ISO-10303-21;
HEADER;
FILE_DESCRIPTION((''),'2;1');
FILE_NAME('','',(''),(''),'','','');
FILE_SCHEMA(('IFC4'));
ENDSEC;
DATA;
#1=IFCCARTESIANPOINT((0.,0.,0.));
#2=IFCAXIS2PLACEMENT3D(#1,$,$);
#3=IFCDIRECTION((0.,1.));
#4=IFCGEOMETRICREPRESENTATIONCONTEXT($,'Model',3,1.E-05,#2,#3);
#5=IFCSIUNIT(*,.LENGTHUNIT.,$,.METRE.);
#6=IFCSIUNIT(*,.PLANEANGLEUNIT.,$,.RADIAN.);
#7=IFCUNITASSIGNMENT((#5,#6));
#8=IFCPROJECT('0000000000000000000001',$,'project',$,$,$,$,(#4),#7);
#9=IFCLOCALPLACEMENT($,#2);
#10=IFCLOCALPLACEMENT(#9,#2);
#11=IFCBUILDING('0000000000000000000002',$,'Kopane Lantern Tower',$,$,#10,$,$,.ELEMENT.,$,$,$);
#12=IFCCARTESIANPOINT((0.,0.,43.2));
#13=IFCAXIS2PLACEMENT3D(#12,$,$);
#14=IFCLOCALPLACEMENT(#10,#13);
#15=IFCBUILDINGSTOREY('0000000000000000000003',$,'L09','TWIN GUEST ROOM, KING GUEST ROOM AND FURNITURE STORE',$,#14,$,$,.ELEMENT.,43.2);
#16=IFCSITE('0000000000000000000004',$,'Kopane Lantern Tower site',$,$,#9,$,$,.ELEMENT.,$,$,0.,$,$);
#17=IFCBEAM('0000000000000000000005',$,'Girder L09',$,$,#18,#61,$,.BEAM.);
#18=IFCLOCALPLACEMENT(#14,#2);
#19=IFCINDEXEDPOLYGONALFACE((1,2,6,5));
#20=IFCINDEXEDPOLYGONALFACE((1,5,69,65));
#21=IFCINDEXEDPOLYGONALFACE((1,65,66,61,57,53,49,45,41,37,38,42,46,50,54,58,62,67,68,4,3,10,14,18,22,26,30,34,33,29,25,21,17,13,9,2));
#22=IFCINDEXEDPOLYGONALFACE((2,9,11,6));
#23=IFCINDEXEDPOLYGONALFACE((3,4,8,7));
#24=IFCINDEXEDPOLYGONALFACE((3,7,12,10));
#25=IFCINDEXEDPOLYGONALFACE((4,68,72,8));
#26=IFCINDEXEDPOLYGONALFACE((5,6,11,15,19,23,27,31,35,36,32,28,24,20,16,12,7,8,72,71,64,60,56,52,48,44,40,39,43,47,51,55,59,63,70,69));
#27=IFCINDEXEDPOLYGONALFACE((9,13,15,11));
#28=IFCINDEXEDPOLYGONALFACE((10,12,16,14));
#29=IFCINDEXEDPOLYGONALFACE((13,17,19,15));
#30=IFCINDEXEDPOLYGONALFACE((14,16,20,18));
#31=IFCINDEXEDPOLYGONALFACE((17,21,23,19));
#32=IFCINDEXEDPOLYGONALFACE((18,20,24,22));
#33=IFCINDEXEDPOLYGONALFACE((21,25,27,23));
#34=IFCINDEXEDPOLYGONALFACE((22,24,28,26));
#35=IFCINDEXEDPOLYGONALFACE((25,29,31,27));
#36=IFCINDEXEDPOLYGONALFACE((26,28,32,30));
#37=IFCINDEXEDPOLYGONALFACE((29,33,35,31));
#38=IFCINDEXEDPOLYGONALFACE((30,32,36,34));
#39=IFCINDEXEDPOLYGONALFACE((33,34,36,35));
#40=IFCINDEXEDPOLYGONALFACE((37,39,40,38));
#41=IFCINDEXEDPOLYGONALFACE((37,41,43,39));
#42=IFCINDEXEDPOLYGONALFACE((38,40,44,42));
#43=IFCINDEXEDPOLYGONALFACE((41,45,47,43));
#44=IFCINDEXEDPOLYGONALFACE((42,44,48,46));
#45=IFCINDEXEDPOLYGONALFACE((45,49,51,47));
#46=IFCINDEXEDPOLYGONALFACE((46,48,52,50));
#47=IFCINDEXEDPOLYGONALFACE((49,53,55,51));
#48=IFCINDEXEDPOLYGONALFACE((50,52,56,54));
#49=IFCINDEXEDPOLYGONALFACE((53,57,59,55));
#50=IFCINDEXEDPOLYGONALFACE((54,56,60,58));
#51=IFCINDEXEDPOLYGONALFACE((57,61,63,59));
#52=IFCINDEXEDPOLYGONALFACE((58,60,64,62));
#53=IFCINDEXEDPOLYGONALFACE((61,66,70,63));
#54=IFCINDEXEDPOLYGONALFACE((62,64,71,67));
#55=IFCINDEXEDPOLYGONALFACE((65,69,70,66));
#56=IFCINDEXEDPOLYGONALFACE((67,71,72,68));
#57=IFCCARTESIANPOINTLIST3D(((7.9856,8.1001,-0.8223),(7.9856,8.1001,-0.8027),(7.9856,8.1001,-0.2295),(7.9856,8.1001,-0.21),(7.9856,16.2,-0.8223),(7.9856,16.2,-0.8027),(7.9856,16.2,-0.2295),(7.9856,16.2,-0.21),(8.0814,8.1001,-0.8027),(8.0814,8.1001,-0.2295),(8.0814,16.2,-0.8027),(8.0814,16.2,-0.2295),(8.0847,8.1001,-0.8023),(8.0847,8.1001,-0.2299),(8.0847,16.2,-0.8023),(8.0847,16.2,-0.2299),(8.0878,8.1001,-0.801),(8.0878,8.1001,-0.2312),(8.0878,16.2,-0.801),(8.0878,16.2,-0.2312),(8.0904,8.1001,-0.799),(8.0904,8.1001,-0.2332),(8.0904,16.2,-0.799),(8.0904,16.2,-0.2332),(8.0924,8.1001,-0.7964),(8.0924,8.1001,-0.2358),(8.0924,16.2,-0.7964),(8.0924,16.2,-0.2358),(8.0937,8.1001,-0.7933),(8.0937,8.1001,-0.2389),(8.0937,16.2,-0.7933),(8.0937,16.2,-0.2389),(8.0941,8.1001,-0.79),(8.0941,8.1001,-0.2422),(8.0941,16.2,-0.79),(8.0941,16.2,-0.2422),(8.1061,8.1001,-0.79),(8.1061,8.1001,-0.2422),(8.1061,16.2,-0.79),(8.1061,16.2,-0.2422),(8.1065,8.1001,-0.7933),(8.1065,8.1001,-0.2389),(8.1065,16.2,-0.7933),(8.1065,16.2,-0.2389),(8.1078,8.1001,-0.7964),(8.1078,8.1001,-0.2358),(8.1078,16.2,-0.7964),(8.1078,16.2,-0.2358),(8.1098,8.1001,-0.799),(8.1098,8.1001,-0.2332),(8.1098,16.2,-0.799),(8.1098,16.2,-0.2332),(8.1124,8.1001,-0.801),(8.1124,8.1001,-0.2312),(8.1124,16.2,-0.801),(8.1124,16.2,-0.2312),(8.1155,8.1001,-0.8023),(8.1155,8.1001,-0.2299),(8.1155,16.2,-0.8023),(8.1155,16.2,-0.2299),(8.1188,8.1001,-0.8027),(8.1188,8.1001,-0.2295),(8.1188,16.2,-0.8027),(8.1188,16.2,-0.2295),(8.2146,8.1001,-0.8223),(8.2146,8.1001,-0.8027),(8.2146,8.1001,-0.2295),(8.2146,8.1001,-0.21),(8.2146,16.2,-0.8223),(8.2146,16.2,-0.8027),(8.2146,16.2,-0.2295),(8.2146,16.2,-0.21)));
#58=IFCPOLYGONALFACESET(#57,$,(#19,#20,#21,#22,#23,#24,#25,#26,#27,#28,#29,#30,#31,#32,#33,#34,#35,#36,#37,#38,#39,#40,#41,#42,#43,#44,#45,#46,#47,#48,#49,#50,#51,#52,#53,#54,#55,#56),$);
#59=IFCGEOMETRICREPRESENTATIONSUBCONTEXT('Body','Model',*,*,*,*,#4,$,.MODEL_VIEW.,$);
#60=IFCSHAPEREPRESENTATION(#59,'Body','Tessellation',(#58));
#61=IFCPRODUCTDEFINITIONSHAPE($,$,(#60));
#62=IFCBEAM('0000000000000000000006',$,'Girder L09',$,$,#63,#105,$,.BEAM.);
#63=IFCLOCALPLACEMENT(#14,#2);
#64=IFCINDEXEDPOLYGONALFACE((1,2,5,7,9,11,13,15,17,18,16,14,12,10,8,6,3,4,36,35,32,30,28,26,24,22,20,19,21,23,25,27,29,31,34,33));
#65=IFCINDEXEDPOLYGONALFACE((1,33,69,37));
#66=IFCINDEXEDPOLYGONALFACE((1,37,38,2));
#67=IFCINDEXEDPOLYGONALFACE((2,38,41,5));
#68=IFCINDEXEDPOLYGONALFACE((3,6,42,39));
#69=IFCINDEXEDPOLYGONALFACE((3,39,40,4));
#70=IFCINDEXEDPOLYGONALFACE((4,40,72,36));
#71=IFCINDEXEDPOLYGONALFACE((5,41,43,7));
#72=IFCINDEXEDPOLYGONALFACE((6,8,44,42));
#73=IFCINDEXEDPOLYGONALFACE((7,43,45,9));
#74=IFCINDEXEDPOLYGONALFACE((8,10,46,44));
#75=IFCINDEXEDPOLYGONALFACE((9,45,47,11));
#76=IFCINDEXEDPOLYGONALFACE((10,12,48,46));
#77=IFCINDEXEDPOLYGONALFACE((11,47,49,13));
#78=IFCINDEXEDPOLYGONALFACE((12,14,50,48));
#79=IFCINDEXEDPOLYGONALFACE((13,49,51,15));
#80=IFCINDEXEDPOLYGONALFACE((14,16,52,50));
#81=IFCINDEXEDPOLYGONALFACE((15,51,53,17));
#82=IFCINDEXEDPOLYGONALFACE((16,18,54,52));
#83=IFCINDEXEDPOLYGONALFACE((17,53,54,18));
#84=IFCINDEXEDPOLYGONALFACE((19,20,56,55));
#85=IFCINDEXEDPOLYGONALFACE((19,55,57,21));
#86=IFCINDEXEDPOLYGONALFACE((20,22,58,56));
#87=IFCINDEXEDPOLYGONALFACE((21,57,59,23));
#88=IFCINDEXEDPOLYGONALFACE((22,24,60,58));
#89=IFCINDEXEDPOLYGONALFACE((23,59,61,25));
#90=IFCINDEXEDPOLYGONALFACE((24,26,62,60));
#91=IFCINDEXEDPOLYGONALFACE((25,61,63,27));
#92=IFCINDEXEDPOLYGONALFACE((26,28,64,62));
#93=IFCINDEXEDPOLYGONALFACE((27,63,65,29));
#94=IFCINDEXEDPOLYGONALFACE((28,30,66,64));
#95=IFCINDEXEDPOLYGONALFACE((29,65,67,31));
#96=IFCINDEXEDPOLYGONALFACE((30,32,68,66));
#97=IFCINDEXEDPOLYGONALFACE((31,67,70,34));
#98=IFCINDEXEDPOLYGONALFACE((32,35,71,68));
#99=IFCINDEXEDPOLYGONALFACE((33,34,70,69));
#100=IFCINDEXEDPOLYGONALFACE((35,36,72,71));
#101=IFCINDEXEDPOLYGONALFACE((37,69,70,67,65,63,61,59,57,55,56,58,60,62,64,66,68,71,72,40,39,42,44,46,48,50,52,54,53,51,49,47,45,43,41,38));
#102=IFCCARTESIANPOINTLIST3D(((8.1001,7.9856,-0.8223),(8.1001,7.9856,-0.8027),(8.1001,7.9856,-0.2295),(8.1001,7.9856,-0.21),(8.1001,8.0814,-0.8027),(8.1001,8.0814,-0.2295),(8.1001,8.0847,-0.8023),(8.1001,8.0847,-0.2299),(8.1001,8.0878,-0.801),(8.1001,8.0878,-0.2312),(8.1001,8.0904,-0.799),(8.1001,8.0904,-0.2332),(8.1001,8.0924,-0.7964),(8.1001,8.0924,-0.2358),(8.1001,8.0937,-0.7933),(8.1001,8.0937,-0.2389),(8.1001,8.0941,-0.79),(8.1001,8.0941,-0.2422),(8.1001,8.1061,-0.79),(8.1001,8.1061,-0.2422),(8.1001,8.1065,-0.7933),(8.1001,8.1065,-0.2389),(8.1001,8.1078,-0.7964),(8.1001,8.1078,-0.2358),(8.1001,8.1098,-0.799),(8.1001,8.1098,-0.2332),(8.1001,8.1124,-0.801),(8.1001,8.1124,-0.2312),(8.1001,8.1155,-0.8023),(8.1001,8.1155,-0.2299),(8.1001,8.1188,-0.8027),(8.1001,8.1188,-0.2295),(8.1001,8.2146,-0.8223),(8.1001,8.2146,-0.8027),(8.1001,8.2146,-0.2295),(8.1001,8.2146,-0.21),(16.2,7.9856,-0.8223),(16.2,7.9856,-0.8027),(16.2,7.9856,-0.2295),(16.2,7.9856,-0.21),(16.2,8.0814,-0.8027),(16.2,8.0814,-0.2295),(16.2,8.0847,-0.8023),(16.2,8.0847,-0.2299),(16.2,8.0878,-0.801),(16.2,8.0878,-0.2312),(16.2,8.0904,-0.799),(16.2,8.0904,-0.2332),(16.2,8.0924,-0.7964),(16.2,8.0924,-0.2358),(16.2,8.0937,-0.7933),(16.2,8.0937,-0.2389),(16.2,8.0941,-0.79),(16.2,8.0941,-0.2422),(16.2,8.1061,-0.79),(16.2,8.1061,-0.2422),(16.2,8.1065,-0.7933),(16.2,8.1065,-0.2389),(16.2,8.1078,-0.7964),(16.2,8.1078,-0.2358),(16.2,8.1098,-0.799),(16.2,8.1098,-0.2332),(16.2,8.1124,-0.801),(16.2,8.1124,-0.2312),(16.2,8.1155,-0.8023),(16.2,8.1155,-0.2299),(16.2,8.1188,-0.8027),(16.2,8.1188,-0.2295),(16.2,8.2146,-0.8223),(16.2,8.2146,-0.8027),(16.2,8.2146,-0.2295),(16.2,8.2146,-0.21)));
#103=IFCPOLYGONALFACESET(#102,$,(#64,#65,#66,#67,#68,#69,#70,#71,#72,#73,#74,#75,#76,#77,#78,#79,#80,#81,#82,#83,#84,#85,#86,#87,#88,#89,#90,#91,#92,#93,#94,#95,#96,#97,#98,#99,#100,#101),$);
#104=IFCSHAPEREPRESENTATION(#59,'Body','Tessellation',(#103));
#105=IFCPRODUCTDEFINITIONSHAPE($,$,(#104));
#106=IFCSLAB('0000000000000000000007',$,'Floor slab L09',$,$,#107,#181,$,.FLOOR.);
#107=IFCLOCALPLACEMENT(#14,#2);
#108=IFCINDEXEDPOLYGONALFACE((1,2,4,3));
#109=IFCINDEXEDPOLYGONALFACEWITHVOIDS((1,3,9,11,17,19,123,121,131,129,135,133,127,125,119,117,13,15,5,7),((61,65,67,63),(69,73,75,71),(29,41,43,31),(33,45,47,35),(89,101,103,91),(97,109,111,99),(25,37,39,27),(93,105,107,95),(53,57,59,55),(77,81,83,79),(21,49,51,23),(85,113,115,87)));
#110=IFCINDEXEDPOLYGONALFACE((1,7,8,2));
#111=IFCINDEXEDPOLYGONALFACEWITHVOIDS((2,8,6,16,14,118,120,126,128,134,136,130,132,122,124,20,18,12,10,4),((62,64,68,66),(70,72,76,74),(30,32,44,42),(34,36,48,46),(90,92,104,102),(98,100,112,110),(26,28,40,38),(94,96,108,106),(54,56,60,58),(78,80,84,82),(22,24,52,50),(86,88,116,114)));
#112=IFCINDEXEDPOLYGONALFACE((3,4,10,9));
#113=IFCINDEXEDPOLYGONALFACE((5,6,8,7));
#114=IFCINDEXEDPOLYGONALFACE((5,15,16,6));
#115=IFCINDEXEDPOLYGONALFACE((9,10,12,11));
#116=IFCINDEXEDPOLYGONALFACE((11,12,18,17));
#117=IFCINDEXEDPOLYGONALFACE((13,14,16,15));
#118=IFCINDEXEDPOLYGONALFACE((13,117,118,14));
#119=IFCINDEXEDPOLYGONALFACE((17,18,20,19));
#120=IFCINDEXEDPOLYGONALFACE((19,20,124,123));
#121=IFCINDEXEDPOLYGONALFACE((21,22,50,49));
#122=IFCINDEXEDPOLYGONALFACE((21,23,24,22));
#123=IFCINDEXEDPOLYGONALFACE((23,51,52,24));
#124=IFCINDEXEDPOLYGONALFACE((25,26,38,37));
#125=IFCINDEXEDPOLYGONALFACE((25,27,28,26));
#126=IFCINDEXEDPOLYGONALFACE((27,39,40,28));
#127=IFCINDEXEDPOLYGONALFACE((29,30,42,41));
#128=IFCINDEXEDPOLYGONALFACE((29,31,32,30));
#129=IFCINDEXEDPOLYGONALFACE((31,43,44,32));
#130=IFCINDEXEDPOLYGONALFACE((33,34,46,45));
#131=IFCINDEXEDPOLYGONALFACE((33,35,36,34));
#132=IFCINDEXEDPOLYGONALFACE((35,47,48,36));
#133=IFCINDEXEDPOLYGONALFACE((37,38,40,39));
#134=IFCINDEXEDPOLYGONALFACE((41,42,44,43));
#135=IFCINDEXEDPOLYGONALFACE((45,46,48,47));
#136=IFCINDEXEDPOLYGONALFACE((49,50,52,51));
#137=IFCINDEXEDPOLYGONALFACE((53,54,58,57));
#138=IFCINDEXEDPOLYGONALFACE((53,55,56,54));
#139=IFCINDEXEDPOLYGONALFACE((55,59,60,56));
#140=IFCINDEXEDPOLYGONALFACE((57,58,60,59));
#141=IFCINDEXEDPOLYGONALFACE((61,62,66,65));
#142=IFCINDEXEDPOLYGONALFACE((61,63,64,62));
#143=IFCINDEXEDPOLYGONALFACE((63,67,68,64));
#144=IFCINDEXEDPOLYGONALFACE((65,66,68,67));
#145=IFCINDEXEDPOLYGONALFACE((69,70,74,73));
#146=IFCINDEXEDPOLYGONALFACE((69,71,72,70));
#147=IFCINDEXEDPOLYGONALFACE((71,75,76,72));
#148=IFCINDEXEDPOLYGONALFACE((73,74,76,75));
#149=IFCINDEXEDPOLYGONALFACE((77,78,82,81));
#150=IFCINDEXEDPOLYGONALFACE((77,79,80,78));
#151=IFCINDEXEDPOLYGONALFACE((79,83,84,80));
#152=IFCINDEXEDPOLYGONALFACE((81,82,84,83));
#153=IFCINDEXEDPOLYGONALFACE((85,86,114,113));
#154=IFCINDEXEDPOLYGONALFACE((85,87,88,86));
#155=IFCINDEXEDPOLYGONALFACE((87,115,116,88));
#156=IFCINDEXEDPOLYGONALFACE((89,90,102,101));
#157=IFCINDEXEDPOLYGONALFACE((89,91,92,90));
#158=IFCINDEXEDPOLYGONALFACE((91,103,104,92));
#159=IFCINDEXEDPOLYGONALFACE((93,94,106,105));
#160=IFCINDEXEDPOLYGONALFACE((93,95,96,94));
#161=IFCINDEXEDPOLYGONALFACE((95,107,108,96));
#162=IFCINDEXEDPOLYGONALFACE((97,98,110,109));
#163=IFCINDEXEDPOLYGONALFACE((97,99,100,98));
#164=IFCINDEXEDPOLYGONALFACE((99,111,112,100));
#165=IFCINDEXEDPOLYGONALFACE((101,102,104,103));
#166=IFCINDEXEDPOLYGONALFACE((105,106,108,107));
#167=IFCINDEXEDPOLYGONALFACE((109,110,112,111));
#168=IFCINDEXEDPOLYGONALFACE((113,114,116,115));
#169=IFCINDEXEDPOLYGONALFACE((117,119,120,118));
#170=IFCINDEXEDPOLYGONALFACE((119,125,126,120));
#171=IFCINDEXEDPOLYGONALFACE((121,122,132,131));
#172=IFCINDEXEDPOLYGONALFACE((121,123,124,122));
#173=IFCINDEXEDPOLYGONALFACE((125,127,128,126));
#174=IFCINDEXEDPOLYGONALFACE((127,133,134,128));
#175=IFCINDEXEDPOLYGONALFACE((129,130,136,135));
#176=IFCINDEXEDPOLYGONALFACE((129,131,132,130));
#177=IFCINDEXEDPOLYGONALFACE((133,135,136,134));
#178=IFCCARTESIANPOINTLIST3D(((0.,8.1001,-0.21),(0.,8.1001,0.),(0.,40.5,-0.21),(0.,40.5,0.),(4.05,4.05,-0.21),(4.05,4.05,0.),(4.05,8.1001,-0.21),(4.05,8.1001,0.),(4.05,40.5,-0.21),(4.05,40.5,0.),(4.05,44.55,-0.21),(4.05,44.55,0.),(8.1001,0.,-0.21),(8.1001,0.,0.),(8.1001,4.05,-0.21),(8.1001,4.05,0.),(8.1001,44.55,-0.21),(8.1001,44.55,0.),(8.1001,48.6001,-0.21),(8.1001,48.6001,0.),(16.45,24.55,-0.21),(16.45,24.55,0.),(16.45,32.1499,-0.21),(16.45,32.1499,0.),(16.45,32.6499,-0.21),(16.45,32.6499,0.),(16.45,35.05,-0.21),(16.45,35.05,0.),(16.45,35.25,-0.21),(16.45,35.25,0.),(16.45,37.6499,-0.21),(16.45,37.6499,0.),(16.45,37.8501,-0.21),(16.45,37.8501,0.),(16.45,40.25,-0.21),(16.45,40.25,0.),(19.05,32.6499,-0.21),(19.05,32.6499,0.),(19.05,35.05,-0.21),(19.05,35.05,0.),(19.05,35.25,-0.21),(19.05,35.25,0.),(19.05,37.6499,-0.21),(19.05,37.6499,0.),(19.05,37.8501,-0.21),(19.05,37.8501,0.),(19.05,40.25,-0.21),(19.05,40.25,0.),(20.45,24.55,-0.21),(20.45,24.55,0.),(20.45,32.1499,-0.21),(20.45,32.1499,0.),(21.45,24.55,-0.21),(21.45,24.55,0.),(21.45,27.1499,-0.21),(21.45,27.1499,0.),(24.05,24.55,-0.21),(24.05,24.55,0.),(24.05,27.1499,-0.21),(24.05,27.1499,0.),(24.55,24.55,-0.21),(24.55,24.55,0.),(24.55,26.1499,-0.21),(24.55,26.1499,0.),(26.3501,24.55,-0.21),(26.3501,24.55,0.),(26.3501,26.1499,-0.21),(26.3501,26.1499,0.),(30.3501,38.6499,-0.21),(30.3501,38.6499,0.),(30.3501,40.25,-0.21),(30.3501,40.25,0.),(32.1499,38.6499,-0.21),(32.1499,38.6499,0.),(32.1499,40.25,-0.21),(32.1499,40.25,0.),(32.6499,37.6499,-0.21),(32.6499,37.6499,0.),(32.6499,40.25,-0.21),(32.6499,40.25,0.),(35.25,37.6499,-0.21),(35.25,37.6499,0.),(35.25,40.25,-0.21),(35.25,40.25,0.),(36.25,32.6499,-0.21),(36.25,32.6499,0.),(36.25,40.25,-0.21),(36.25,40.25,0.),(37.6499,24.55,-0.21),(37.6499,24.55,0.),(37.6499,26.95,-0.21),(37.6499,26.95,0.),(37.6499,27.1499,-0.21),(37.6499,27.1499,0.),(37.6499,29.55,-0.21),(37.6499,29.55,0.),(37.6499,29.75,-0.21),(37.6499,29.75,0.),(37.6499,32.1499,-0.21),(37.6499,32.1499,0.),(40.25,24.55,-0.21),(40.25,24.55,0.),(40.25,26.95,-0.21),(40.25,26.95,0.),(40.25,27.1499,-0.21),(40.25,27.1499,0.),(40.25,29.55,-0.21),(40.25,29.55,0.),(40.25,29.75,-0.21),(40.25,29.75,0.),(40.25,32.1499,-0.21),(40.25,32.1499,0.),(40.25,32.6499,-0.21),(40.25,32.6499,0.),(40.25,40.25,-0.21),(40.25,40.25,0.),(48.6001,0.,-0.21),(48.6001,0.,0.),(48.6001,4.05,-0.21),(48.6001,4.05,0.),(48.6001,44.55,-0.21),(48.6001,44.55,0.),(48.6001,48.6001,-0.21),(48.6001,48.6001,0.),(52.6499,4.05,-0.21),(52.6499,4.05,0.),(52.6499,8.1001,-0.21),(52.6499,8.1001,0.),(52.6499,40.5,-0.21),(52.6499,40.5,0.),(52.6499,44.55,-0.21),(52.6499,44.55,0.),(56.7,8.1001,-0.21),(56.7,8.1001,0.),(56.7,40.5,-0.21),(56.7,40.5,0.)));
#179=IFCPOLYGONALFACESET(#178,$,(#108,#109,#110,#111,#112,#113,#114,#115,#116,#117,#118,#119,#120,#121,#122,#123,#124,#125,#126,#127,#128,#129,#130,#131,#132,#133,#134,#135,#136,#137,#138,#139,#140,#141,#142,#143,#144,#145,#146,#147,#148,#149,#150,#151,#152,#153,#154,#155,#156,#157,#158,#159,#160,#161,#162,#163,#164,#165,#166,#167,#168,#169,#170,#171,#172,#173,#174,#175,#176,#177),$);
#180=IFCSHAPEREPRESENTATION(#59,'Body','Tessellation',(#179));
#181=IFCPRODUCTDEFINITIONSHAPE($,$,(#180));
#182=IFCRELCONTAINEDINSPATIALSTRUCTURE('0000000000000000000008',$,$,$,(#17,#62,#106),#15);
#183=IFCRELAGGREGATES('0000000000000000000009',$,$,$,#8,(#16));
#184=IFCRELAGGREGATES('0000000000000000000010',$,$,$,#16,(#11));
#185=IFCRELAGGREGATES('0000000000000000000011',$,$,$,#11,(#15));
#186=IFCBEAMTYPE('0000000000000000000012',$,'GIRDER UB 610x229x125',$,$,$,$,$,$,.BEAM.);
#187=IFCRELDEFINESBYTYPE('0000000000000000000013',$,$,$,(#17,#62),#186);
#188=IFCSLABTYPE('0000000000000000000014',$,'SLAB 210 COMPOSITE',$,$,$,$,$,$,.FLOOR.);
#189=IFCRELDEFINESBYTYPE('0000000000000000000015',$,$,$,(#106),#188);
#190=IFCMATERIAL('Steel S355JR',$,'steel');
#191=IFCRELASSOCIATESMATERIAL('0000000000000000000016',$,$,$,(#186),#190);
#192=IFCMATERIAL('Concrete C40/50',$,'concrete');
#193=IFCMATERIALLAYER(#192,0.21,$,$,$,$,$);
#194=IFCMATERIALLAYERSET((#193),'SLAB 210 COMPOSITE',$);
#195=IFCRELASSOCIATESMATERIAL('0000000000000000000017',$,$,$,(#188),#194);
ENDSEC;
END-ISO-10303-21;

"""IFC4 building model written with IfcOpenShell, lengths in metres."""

from ifc_helpers import new_model, si_unit, direction, frame, origin, origin_2d, place, context, subcontext, project, spatial, polyline, i_section, outline, extrude, material, layer, layer_set, material_profile, profile_set, type_object, element, save


model = new_model("IFC4")

# Units and contexts
model_context = context("Model", 3, precision=1e-05, world=origin(), true_north=direction((0.0, 1.0)))
body_context = subcontext(model_context, "Body", "Model", "MODEL_VIEW")
ifc_project = project(units=[si_unit("LENGTHUNIT", "METRE"), si_unit("PLANEANGLEUNIT", "RADIAN")], contexts=[model_context])

# Site, building, storey
site_placement = place(None, origin())
site = spatial("IfcSite", under=ifc_project, at=site_placement, Name="Kopane Lantern Tower site", CompositionType="ELEMENT", RefElevation=0.0)
building_placement = place(site_placement, origin())
building = spatial("IfcBuilding", under=site, at=building_placement, Name="Kopane Lantern Tower", CompositionType="ELEMENT")
storey_placement = place(building_placement, frame((0.0, 0.0, 43.2)))
storey = spatial("IfcBuildingStorey", under=building, at=storey_placement, Name="L09", Description="TWIN GUEST ROOM, KING GUEST ROOM AND FURNITURE STORE", CompositionType="ELEMENT", Elevation=43.2)

# Beams
ifc_material_1 = material(Name="Steel S355JR", Category="steel")
ifc_material_profile_1 = material_profile(ifc_material_1, i_section(OverallWidth=0.229, OverallDepth=0.6123, WebThickness=0.012, FlangeThickness=0.0195, FilletRadius=0.0127, at=origin_2d()), Name="UB 610x229x125")
ifc_profile_set_1 = profile_set([ifc_material_profile_1], Name="Steel S355JR")
beam_type_1 = type_object("IfcBeamType", Name="GIRDER UB 610x229x125", PredefinedType="BEAM", material=ifc_profile_set_1)
for number, where, z_axis, x_axis, name in (
    (1, (8.1001, 8.1001, -0.5161), (0.0, 1.0, 0.0), (-1.0, 0.0, 0.0), "Girder L09"),
    (2, (8.1001, 8.1001, -0.5161), (1.0, 0.0, 0.0), (0.0, 1.0, 0.0), "Girder L09"),
):
    element("IfcBeam", number, at=place(storey_placement, frame(where, z_axis=z_axis, x_axis=x_axis)), inside=storey, type_object=beam_type_1, Name=name, PredefinedType="BEAM", context=body_context, shape_type="SweptSolid", body=[
        extrude(i_section(OverallWidth=0.229, OverallDepth=0.6123, WebThickness=0.012, FlangeThickness=0.0195, FilletRadius=0.0127, at=origin_2d()), origin(), (0.0, 0.0, 1.0), 8.0999),
    ])

# Slab
ifc_material_2 = material(Name="Concrete C40/50", Category="concrete")
ifc_layer_1 = layer(ifc_material_2, 0.21)
ifc_layer_set_1 = layer_set([ifc_layer_1], Name="SLAB 210 COMPOSITE")
slab_type_1 = type_object("IfcSlabType", Name="SLAB 210 COMPOSITE", PredefinedType="FLOOR", material=ifc_layer_set_1)
slab_1_placement = place(storey_placement, frame((0.0, 0.0, -0.21)))
element("IfcSlab", 3, at=slab_1_placement, inside=storey, type_object=slab_type_1, Name="Floor slab L09", PredefinedType="FLOOR", context=body_context, shape_type="SweptSolid", body=[
    extrude(outline(polyline([(8.1001, 0.0), (48.6001, 0.0), (48.6001, 4.05), (52.6499, 4.05), (52.6499, 8.1001), (56.7, 8.1001), (56.7, 40.5), (52.6499, 40.5), (52.6499, 44.55), (48.6001, 44.55), (48.6001, 48.6001), (8.1001, 48.6001), (8.1001, 44.55), (4.05, 44.55), (4.05, 40.5), (0.0, 40.5), (0.0, 8.1001), (4.05, 8.1001), (4.05, 4.05), (8.1001, 4.05), (8.1001, 0.0)]), holes=[polyline([(16.45, 24.55), (20.45, 24.55), (20.45, 32.1499), (16.45, 32.1499), (16.45, 24.55)]), polyline([(36.25, 32.6499), (40.25, 32.6499), (40.25, 40.25), (36.25, 40.25), (36.25, 32.6499)]), polyline([(16.45, 32.6499), (19.05, 32.6499), (19.05, 35.05), (16.45, 35.05), (16.45, 32.6499)]), polyline([(16.45, 35.25), (19.05, 35.25), (19.05, 37.6499), (16.45, 37.6499), (16.45, 35.25)]), polyline([(16.45, 37.8501), (19.05, 37.8501), (19.05, 40.25), (16.45, 40.25), (16.45, 37.8501)]), polyline([(37.6499, 24.55), (40.25, 24.55), (40.25, 26.95), (37.6499, 26.95), (37.6499, 24.55)]), polyline([(37.6499, 27.1499), (40.25, 27.1499), (40.25, 29.55), (37.6499, 29.55), (37.6499, 27.1499)]), polyline([(37.6499, 29.75), (40.25, 29.75), (40.25, 32.1499), (37.6499, 32.1499), (37.6499, 29.75)]), polyline([(21.45, 24.55), (24.05, 24.55), (24.05, 27.1499), (21.45, 27.1499), (21.45, 24.55)]), polyline([(32.6499, 37.6499), (35.25, 37.6499), (35.25, 40.25), (32.6499, 40.25), (32.6499, 37.6499)]), polyline([(24.55, 24.55), (26.3501, 24.55), (26.3501, 26.1499), (24.55, 26.1499), (24.55, 24.55)]), polyline([(30.3501, 38.6499), (32.1499, 38.6499), (32.1499, 40.25), (30.3501, 40.25), (30.3501, 38.6499)])]), origin(), (0.0, 0.0, 1.0), 0.21),
])

save(model, "model.ifc")
